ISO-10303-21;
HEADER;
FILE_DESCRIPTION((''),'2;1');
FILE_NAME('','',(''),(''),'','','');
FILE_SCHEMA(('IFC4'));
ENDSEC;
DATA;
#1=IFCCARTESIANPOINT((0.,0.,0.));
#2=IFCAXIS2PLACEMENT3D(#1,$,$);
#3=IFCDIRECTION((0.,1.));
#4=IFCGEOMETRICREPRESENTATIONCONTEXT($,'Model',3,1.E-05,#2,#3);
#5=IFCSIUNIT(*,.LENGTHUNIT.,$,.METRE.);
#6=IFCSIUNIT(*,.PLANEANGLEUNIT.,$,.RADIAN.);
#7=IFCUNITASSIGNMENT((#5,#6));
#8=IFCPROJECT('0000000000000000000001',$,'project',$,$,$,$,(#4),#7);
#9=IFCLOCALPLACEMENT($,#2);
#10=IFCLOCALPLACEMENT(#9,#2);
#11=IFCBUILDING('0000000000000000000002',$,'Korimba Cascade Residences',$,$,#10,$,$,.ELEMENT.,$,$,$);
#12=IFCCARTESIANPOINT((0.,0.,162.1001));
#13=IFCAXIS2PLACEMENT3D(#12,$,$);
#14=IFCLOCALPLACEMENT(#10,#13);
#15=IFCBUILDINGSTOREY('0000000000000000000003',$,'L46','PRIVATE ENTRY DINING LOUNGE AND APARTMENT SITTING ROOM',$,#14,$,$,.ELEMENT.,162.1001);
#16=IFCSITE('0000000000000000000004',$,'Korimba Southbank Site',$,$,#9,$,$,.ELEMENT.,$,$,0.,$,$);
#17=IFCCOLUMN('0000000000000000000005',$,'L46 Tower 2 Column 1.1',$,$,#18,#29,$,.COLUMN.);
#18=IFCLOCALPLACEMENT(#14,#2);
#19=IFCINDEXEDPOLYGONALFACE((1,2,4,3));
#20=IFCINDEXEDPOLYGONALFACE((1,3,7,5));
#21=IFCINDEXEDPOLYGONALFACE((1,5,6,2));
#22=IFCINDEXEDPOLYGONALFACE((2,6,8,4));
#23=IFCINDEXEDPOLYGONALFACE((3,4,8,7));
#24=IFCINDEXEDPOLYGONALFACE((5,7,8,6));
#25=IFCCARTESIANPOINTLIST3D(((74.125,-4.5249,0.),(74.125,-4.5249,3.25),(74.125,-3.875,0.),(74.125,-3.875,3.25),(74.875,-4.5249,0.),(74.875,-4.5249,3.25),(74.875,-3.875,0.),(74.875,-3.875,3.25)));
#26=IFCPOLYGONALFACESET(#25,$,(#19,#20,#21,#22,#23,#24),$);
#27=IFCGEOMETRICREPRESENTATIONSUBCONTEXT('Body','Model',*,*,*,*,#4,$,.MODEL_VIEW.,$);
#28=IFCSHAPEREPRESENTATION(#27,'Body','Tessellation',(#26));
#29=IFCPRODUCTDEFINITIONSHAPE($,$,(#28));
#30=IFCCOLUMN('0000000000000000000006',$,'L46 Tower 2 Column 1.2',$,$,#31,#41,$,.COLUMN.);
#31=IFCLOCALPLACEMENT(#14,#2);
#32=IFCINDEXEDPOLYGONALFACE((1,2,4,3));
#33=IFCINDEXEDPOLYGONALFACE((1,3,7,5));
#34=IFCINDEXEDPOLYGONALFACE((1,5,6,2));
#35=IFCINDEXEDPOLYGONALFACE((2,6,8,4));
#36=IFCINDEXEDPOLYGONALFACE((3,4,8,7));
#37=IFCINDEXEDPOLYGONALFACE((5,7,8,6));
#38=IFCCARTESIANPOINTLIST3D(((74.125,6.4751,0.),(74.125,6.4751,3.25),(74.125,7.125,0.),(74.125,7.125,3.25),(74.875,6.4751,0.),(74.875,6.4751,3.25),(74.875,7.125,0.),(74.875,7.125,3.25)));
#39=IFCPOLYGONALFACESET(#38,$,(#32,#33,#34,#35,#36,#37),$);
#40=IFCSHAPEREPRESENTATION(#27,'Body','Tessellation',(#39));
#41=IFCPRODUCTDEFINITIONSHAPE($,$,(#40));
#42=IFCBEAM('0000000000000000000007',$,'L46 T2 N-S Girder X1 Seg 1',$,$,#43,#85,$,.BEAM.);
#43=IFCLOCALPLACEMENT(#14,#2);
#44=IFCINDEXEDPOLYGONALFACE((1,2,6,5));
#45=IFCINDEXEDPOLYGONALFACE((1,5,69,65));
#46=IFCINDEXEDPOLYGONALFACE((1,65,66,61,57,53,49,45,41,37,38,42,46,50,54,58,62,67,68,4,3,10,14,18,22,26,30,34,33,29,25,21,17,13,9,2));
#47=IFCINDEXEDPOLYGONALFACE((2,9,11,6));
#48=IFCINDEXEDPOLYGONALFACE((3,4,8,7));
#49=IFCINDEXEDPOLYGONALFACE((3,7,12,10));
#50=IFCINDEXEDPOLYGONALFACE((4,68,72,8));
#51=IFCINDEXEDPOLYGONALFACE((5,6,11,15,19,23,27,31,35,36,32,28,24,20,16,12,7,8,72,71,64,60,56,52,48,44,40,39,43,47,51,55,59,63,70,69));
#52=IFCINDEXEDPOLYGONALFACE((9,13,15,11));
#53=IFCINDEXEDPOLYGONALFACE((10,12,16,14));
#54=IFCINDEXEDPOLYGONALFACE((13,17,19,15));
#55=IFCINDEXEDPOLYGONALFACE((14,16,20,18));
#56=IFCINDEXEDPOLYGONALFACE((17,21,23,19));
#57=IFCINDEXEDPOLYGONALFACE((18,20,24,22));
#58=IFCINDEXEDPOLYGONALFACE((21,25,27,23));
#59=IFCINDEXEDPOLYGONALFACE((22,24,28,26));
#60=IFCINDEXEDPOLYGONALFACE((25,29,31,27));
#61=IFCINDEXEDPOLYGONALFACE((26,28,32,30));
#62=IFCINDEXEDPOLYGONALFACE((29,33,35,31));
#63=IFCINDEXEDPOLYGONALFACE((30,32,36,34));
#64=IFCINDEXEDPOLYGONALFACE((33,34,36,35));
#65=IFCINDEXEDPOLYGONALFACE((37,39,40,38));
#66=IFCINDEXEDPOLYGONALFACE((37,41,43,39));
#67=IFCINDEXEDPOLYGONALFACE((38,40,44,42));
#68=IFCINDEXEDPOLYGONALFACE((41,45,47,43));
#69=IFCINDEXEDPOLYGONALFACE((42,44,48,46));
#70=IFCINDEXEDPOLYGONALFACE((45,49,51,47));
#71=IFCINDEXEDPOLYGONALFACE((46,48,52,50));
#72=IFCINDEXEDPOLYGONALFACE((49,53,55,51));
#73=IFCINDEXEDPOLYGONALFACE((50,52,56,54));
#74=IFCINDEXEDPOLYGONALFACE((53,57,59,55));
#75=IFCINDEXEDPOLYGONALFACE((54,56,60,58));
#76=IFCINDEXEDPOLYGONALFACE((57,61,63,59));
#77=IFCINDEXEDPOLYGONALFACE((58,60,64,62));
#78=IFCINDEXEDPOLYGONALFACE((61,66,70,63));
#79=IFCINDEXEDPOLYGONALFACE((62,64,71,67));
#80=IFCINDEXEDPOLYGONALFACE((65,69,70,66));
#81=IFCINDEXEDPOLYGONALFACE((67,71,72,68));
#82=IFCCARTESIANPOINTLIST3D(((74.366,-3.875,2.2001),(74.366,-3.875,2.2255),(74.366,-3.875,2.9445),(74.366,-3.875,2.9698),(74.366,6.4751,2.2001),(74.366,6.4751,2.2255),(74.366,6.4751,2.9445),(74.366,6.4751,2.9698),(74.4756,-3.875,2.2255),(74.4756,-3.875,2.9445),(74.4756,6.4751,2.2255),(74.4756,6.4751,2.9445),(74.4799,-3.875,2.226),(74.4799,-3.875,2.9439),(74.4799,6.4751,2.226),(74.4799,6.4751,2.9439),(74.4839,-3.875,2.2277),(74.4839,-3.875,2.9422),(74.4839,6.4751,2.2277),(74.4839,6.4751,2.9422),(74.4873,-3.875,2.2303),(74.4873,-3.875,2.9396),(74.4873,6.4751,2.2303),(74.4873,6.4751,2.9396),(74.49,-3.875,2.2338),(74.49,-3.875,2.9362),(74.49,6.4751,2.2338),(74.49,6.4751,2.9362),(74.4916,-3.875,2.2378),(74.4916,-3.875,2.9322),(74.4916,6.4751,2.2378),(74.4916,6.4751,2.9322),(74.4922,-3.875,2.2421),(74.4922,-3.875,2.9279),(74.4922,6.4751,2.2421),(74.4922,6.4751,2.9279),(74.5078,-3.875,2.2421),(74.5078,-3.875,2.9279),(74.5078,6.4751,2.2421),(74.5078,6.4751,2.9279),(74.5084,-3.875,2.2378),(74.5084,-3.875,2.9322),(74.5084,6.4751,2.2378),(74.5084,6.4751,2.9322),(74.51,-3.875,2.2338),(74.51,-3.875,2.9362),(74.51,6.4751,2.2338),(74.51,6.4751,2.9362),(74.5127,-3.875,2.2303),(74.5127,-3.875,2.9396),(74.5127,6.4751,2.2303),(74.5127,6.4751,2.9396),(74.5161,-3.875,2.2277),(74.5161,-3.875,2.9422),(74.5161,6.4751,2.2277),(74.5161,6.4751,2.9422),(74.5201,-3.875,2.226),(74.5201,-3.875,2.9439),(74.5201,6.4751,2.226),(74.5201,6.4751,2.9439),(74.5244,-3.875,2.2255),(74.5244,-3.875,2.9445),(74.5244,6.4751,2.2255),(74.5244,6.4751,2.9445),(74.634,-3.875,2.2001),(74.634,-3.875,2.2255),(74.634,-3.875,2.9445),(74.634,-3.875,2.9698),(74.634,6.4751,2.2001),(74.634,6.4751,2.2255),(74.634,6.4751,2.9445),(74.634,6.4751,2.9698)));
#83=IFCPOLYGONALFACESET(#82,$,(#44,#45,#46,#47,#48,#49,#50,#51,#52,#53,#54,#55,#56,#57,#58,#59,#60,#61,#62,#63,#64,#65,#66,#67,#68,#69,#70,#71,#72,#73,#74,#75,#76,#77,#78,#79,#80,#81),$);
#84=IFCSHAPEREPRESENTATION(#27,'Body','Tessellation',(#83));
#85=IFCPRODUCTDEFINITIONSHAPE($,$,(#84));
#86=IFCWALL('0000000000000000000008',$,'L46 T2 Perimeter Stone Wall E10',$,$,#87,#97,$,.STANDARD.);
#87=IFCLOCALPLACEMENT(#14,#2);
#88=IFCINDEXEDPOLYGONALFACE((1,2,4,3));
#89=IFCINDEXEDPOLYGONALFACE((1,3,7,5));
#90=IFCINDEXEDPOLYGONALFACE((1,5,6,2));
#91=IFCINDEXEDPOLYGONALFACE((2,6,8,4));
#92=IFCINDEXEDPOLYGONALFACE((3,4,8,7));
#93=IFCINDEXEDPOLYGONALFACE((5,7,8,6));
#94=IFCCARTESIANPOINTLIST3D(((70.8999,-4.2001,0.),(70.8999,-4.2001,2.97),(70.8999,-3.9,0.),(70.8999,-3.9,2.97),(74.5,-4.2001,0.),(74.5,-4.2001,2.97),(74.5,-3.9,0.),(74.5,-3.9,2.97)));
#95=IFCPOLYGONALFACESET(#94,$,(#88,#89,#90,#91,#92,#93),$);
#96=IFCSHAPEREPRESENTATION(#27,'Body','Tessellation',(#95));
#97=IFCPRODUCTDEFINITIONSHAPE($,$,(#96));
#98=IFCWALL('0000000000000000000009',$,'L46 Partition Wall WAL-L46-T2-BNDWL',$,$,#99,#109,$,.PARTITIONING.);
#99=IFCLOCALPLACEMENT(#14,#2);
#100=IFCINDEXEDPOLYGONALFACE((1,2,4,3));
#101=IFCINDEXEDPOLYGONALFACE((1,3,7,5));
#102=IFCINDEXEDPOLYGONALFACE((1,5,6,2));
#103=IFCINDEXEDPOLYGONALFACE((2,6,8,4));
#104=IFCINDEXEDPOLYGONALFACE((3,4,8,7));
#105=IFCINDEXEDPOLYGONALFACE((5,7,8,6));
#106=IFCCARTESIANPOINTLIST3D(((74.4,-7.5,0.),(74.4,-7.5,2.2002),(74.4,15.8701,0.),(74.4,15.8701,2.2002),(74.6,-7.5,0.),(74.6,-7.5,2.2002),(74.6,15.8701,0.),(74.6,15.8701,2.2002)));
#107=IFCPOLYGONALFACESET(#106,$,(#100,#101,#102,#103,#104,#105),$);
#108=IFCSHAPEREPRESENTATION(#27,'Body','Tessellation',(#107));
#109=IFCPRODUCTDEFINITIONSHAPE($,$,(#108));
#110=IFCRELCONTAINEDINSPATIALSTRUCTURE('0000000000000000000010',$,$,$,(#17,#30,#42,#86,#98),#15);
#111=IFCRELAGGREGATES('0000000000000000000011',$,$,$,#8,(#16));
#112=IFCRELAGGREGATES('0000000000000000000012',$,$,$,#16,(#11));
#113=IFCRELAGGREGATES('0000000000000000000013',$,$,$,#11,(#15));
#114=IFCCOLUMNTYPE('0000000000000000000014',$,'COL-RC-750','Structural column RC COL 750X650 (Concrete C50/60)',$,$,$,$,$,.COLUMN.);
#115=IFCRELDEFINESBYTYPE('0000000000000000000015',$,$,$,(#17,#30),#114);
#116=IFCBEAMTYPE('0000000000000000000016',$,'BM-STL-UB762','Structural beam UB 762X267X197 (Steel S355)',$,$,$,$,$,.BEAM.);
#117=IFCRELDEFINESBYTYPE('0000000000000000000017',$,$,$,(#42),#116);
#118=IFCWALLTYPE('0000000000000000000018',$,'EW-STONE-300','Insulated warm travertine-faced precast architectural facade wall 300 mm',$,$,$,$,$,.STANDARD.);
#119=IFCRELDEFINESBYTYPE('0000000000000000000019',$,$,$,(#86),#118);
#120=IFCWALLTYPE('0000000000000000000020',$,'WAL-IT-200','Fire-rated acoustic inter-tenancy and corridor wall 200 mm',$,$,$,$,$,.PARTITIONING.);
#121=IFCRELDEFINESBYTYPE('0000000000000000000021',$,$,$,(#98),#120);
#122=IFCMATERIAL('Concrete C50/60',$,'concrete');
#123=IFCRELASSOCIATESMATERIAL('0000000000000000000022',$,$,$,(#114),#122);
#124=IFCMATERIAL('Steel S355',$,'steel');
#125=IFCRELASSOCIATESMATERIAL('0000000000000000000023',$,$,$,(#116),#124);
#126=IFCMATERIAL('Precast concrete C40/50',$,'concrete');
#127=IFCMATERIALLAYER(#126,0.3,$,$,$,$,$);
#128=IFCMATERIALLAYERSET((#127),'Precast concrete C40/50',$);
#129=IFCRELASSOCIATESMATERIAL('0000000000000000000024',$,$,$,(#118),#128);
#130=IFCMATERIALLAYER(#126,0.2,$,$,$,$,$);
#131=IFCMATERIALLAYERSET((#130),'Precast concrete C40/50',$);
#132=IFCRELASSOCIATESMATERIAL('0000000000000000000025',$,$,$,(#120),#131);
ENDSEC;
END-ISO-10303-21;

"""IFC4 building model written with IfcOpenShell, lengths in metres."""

from ifc_helpers import new_model, si_unit, direction, frame, frame_2d, origin, origin_2d, place, context, subcontext, project, spatial, rectangle, i_section, extrude, material, layer, layer_set, material_profile, profile_set, type_object, element, save


model = new_model("IFC4")

# Units and contexts
model_context = context("Model", 3, precision=1e-05, world=origin(), true_north=direction((0.0, 1.0)))
body_context = subcontext(model_context, "Body", "Model", "MODEL_VIEW")
ifc_project = project(units=[si_unit("LENGTHUNIT", "METRE"), si_unit("PLANEANGLEUNIT", "RADIAN")], contexts=[model_context])

# Site, building, storey
site_placement = place(None, origin())
site = spatial("IfcSite", under=ifc_project, at=site_placement, Name="Korimba Southbank Site", CompositionType="ELEMENT", RefElevation=0.0)
building_placement = place(site_placement, origin())
building = spatial("IfcBuilding", under=site, at=building_placement, Name="Korimba Cascade Residences", CompositionType="ELEMENT")
storey_placement = place(building_placement, frame((0.0, 0.0, 162.1001)))
storey = spatial("IfcBuildingStorey", under=building, at=storey_placement, Name="L46", Description="PRIVATE ENTRY DINING LOUNGE AND APARTMENT SITTING ROOM", CompositionType="ELEMENT", Elevation=162.1001)

# Columns
ifc_material_1 = material(Name="Concrete C50/60", Category="concrete")
ifc_material_profile_1 = material_profile(ifc_material_1, rectangle(XDim=0.75, YDim=0.6499, at=origin_2d()), Name="Concrete C50/60")
ifc_profile_set_1 = profile_set([ifc_material_profile_1], Name="Concrete C50/60")
column_type = type_object("IfcColumnType", Name="COL-RC-750", Description="Structural column RC COL 750X650 (Concrete C50/60)", PredefinedType="COLUMN", material=ifc_profile_set_1)
for number, where, z_axis, x_axis, name in (
    (1, (74.5, -4.2, 0.0), (0.0, 0.0, 1.0), (1.0, 0.0, 0.0), "L46 Tower 2 Column 1.1"),
    (2, (74.5, 6.8, 0.0), (0.0, 0.0, 1.0), (1.0, 0.0, 0.0), "L46 Tower 2 Column 1.2"),
):
    element("IfcColumn", number, at=place(storey_placement, frame(where, z_axis=z_axis, x_axis=x_axis)), inside=storey, type_object=column_type, Name=name, PredefinedType="COLUMN", context=body_context, shape_type="SweptSolid", body=[
        extrude(rectangle(XDim=0.75, YDim=0.6499, at=origin_2d()), origin(), (0.0, 0.0, 1.0), 3.25),
    ])

# Beam
ifc_material_2 = material(Name="Steel S355", Category="steel")
ifc_material_profile_2 = material_profile(ifc_material_2, i_section(OverallWidth=0.2681, OverallDepth=0.7698, WebThickness=0.0156, FlangeThickness=0.0254, FilletRadius=0.0166, at=origin_2d()), Name="Steel S355")
ifc_profile_set_2 = profile_set([ifc_material_profile_2], Name="Steel S355")
beam_type = type_object("IfcBeamType", Name="BM-STL-UB762", Description="Structural beam UB 762X267X197 (Steel S355)", PredefinedType="BEAM", material=ifc_profile_set_2)
beam_placement = place(storey_placement, frame((74.5, -3.875, 2.585), z_axis=(0.0, 1.0, 0.0), x_axis=(-1.0, 0.0, 0.0)))
element("IfcBeam", 3, at=beam_placement, inside=storey, type_object=beam_type, Name="L46 T2 N-S Girder X1 Seg 1", PredefinedType="BEAM", context=body_context, shape_type="SweptSolid", body=[
    extrude(i_section(OverallWidth=0.2681, OverallDepth=0.7698, WebThickness=0.0156, FlangeThickness=0.0254, FilletRadius=0.0166, at=origin_2d()), origin(), (0.0, 0.0, 1.0), 10.3501),
])

# Shared definitions
ifc_material_3 = material(Name="Precast concrete C40/50", Category="concrete")

# Walls
ifc_layer_1 = layer(ifc_material_3, 0.3)
ifc_layer_set_1 = layer_set([ifc_layer_1], Name="Precast concrete C40/50")
wall_type_1 = type_object("IfcWallType", Name="EW-STONE-300", Description="Insulated warm travertine-faced precast architectural facade wall 300 mm", PredefinedType="STANDARD", material=ifc_layer_set_1)
wall_1_placement = place(storey_placement, frame((70.8999, -4.05, 0.0), z_axis=(0.0, 0.0, 1.0), x_axis=(1.0, 0.0, 0.0)))
element("IfcWall", 4, at=wall_1_placement, inside=storey, type_object=wall_type_1, Name="L46 T2 Perimeter Stone Wall E10", PredefinedType="STANDARD", context=body_context, shape_type="SweptSolid", body=[
    extrude(rectangle(XDim=3.6001, YDim=0.3, at=frame_2d((1.8, 0.0))), origin(), (0.0, 0.0, 1.0), 2.97),
])
ifc_layer_2 = layer(ifc_material_3, 0.2)
ifc_layer_set_2 = layer_set([ifc_layer_2], Name="Precast concrete C40/50")
wall_type_2 = type_object("IfcWallType", Name="WAL-IT-200", Description="Fire-rated acoustic inter-tenancy and corridor wall 200 mm", PredefinedType="PARTITIONING", material=ifc_layer_set_2)
wall_2_placement = place(storey_placement, frame((74.5, -7.5, 0.0), z_axis=(0.0, 0.0, 1.0), x_axis=(0.0, 1.0, 0.0)))
element("IfcWall", 5, at=wall_2_placement, inside=storey, type_object=wall_type_2, Name="L46 Partition Wall WAL-L46-T2-BNDWL", PredefinedType="PARTITIONING", context=body_context, shape_type="SweptSolid", body=[
    extrude(rectangle(XDim=23.3701, YDim=0.2, at=frame_2d((11.6851, 0.0))), origin(), (0.0, 0.0, 1.0), 2.2002),
])

save(model, "model.ifc")
